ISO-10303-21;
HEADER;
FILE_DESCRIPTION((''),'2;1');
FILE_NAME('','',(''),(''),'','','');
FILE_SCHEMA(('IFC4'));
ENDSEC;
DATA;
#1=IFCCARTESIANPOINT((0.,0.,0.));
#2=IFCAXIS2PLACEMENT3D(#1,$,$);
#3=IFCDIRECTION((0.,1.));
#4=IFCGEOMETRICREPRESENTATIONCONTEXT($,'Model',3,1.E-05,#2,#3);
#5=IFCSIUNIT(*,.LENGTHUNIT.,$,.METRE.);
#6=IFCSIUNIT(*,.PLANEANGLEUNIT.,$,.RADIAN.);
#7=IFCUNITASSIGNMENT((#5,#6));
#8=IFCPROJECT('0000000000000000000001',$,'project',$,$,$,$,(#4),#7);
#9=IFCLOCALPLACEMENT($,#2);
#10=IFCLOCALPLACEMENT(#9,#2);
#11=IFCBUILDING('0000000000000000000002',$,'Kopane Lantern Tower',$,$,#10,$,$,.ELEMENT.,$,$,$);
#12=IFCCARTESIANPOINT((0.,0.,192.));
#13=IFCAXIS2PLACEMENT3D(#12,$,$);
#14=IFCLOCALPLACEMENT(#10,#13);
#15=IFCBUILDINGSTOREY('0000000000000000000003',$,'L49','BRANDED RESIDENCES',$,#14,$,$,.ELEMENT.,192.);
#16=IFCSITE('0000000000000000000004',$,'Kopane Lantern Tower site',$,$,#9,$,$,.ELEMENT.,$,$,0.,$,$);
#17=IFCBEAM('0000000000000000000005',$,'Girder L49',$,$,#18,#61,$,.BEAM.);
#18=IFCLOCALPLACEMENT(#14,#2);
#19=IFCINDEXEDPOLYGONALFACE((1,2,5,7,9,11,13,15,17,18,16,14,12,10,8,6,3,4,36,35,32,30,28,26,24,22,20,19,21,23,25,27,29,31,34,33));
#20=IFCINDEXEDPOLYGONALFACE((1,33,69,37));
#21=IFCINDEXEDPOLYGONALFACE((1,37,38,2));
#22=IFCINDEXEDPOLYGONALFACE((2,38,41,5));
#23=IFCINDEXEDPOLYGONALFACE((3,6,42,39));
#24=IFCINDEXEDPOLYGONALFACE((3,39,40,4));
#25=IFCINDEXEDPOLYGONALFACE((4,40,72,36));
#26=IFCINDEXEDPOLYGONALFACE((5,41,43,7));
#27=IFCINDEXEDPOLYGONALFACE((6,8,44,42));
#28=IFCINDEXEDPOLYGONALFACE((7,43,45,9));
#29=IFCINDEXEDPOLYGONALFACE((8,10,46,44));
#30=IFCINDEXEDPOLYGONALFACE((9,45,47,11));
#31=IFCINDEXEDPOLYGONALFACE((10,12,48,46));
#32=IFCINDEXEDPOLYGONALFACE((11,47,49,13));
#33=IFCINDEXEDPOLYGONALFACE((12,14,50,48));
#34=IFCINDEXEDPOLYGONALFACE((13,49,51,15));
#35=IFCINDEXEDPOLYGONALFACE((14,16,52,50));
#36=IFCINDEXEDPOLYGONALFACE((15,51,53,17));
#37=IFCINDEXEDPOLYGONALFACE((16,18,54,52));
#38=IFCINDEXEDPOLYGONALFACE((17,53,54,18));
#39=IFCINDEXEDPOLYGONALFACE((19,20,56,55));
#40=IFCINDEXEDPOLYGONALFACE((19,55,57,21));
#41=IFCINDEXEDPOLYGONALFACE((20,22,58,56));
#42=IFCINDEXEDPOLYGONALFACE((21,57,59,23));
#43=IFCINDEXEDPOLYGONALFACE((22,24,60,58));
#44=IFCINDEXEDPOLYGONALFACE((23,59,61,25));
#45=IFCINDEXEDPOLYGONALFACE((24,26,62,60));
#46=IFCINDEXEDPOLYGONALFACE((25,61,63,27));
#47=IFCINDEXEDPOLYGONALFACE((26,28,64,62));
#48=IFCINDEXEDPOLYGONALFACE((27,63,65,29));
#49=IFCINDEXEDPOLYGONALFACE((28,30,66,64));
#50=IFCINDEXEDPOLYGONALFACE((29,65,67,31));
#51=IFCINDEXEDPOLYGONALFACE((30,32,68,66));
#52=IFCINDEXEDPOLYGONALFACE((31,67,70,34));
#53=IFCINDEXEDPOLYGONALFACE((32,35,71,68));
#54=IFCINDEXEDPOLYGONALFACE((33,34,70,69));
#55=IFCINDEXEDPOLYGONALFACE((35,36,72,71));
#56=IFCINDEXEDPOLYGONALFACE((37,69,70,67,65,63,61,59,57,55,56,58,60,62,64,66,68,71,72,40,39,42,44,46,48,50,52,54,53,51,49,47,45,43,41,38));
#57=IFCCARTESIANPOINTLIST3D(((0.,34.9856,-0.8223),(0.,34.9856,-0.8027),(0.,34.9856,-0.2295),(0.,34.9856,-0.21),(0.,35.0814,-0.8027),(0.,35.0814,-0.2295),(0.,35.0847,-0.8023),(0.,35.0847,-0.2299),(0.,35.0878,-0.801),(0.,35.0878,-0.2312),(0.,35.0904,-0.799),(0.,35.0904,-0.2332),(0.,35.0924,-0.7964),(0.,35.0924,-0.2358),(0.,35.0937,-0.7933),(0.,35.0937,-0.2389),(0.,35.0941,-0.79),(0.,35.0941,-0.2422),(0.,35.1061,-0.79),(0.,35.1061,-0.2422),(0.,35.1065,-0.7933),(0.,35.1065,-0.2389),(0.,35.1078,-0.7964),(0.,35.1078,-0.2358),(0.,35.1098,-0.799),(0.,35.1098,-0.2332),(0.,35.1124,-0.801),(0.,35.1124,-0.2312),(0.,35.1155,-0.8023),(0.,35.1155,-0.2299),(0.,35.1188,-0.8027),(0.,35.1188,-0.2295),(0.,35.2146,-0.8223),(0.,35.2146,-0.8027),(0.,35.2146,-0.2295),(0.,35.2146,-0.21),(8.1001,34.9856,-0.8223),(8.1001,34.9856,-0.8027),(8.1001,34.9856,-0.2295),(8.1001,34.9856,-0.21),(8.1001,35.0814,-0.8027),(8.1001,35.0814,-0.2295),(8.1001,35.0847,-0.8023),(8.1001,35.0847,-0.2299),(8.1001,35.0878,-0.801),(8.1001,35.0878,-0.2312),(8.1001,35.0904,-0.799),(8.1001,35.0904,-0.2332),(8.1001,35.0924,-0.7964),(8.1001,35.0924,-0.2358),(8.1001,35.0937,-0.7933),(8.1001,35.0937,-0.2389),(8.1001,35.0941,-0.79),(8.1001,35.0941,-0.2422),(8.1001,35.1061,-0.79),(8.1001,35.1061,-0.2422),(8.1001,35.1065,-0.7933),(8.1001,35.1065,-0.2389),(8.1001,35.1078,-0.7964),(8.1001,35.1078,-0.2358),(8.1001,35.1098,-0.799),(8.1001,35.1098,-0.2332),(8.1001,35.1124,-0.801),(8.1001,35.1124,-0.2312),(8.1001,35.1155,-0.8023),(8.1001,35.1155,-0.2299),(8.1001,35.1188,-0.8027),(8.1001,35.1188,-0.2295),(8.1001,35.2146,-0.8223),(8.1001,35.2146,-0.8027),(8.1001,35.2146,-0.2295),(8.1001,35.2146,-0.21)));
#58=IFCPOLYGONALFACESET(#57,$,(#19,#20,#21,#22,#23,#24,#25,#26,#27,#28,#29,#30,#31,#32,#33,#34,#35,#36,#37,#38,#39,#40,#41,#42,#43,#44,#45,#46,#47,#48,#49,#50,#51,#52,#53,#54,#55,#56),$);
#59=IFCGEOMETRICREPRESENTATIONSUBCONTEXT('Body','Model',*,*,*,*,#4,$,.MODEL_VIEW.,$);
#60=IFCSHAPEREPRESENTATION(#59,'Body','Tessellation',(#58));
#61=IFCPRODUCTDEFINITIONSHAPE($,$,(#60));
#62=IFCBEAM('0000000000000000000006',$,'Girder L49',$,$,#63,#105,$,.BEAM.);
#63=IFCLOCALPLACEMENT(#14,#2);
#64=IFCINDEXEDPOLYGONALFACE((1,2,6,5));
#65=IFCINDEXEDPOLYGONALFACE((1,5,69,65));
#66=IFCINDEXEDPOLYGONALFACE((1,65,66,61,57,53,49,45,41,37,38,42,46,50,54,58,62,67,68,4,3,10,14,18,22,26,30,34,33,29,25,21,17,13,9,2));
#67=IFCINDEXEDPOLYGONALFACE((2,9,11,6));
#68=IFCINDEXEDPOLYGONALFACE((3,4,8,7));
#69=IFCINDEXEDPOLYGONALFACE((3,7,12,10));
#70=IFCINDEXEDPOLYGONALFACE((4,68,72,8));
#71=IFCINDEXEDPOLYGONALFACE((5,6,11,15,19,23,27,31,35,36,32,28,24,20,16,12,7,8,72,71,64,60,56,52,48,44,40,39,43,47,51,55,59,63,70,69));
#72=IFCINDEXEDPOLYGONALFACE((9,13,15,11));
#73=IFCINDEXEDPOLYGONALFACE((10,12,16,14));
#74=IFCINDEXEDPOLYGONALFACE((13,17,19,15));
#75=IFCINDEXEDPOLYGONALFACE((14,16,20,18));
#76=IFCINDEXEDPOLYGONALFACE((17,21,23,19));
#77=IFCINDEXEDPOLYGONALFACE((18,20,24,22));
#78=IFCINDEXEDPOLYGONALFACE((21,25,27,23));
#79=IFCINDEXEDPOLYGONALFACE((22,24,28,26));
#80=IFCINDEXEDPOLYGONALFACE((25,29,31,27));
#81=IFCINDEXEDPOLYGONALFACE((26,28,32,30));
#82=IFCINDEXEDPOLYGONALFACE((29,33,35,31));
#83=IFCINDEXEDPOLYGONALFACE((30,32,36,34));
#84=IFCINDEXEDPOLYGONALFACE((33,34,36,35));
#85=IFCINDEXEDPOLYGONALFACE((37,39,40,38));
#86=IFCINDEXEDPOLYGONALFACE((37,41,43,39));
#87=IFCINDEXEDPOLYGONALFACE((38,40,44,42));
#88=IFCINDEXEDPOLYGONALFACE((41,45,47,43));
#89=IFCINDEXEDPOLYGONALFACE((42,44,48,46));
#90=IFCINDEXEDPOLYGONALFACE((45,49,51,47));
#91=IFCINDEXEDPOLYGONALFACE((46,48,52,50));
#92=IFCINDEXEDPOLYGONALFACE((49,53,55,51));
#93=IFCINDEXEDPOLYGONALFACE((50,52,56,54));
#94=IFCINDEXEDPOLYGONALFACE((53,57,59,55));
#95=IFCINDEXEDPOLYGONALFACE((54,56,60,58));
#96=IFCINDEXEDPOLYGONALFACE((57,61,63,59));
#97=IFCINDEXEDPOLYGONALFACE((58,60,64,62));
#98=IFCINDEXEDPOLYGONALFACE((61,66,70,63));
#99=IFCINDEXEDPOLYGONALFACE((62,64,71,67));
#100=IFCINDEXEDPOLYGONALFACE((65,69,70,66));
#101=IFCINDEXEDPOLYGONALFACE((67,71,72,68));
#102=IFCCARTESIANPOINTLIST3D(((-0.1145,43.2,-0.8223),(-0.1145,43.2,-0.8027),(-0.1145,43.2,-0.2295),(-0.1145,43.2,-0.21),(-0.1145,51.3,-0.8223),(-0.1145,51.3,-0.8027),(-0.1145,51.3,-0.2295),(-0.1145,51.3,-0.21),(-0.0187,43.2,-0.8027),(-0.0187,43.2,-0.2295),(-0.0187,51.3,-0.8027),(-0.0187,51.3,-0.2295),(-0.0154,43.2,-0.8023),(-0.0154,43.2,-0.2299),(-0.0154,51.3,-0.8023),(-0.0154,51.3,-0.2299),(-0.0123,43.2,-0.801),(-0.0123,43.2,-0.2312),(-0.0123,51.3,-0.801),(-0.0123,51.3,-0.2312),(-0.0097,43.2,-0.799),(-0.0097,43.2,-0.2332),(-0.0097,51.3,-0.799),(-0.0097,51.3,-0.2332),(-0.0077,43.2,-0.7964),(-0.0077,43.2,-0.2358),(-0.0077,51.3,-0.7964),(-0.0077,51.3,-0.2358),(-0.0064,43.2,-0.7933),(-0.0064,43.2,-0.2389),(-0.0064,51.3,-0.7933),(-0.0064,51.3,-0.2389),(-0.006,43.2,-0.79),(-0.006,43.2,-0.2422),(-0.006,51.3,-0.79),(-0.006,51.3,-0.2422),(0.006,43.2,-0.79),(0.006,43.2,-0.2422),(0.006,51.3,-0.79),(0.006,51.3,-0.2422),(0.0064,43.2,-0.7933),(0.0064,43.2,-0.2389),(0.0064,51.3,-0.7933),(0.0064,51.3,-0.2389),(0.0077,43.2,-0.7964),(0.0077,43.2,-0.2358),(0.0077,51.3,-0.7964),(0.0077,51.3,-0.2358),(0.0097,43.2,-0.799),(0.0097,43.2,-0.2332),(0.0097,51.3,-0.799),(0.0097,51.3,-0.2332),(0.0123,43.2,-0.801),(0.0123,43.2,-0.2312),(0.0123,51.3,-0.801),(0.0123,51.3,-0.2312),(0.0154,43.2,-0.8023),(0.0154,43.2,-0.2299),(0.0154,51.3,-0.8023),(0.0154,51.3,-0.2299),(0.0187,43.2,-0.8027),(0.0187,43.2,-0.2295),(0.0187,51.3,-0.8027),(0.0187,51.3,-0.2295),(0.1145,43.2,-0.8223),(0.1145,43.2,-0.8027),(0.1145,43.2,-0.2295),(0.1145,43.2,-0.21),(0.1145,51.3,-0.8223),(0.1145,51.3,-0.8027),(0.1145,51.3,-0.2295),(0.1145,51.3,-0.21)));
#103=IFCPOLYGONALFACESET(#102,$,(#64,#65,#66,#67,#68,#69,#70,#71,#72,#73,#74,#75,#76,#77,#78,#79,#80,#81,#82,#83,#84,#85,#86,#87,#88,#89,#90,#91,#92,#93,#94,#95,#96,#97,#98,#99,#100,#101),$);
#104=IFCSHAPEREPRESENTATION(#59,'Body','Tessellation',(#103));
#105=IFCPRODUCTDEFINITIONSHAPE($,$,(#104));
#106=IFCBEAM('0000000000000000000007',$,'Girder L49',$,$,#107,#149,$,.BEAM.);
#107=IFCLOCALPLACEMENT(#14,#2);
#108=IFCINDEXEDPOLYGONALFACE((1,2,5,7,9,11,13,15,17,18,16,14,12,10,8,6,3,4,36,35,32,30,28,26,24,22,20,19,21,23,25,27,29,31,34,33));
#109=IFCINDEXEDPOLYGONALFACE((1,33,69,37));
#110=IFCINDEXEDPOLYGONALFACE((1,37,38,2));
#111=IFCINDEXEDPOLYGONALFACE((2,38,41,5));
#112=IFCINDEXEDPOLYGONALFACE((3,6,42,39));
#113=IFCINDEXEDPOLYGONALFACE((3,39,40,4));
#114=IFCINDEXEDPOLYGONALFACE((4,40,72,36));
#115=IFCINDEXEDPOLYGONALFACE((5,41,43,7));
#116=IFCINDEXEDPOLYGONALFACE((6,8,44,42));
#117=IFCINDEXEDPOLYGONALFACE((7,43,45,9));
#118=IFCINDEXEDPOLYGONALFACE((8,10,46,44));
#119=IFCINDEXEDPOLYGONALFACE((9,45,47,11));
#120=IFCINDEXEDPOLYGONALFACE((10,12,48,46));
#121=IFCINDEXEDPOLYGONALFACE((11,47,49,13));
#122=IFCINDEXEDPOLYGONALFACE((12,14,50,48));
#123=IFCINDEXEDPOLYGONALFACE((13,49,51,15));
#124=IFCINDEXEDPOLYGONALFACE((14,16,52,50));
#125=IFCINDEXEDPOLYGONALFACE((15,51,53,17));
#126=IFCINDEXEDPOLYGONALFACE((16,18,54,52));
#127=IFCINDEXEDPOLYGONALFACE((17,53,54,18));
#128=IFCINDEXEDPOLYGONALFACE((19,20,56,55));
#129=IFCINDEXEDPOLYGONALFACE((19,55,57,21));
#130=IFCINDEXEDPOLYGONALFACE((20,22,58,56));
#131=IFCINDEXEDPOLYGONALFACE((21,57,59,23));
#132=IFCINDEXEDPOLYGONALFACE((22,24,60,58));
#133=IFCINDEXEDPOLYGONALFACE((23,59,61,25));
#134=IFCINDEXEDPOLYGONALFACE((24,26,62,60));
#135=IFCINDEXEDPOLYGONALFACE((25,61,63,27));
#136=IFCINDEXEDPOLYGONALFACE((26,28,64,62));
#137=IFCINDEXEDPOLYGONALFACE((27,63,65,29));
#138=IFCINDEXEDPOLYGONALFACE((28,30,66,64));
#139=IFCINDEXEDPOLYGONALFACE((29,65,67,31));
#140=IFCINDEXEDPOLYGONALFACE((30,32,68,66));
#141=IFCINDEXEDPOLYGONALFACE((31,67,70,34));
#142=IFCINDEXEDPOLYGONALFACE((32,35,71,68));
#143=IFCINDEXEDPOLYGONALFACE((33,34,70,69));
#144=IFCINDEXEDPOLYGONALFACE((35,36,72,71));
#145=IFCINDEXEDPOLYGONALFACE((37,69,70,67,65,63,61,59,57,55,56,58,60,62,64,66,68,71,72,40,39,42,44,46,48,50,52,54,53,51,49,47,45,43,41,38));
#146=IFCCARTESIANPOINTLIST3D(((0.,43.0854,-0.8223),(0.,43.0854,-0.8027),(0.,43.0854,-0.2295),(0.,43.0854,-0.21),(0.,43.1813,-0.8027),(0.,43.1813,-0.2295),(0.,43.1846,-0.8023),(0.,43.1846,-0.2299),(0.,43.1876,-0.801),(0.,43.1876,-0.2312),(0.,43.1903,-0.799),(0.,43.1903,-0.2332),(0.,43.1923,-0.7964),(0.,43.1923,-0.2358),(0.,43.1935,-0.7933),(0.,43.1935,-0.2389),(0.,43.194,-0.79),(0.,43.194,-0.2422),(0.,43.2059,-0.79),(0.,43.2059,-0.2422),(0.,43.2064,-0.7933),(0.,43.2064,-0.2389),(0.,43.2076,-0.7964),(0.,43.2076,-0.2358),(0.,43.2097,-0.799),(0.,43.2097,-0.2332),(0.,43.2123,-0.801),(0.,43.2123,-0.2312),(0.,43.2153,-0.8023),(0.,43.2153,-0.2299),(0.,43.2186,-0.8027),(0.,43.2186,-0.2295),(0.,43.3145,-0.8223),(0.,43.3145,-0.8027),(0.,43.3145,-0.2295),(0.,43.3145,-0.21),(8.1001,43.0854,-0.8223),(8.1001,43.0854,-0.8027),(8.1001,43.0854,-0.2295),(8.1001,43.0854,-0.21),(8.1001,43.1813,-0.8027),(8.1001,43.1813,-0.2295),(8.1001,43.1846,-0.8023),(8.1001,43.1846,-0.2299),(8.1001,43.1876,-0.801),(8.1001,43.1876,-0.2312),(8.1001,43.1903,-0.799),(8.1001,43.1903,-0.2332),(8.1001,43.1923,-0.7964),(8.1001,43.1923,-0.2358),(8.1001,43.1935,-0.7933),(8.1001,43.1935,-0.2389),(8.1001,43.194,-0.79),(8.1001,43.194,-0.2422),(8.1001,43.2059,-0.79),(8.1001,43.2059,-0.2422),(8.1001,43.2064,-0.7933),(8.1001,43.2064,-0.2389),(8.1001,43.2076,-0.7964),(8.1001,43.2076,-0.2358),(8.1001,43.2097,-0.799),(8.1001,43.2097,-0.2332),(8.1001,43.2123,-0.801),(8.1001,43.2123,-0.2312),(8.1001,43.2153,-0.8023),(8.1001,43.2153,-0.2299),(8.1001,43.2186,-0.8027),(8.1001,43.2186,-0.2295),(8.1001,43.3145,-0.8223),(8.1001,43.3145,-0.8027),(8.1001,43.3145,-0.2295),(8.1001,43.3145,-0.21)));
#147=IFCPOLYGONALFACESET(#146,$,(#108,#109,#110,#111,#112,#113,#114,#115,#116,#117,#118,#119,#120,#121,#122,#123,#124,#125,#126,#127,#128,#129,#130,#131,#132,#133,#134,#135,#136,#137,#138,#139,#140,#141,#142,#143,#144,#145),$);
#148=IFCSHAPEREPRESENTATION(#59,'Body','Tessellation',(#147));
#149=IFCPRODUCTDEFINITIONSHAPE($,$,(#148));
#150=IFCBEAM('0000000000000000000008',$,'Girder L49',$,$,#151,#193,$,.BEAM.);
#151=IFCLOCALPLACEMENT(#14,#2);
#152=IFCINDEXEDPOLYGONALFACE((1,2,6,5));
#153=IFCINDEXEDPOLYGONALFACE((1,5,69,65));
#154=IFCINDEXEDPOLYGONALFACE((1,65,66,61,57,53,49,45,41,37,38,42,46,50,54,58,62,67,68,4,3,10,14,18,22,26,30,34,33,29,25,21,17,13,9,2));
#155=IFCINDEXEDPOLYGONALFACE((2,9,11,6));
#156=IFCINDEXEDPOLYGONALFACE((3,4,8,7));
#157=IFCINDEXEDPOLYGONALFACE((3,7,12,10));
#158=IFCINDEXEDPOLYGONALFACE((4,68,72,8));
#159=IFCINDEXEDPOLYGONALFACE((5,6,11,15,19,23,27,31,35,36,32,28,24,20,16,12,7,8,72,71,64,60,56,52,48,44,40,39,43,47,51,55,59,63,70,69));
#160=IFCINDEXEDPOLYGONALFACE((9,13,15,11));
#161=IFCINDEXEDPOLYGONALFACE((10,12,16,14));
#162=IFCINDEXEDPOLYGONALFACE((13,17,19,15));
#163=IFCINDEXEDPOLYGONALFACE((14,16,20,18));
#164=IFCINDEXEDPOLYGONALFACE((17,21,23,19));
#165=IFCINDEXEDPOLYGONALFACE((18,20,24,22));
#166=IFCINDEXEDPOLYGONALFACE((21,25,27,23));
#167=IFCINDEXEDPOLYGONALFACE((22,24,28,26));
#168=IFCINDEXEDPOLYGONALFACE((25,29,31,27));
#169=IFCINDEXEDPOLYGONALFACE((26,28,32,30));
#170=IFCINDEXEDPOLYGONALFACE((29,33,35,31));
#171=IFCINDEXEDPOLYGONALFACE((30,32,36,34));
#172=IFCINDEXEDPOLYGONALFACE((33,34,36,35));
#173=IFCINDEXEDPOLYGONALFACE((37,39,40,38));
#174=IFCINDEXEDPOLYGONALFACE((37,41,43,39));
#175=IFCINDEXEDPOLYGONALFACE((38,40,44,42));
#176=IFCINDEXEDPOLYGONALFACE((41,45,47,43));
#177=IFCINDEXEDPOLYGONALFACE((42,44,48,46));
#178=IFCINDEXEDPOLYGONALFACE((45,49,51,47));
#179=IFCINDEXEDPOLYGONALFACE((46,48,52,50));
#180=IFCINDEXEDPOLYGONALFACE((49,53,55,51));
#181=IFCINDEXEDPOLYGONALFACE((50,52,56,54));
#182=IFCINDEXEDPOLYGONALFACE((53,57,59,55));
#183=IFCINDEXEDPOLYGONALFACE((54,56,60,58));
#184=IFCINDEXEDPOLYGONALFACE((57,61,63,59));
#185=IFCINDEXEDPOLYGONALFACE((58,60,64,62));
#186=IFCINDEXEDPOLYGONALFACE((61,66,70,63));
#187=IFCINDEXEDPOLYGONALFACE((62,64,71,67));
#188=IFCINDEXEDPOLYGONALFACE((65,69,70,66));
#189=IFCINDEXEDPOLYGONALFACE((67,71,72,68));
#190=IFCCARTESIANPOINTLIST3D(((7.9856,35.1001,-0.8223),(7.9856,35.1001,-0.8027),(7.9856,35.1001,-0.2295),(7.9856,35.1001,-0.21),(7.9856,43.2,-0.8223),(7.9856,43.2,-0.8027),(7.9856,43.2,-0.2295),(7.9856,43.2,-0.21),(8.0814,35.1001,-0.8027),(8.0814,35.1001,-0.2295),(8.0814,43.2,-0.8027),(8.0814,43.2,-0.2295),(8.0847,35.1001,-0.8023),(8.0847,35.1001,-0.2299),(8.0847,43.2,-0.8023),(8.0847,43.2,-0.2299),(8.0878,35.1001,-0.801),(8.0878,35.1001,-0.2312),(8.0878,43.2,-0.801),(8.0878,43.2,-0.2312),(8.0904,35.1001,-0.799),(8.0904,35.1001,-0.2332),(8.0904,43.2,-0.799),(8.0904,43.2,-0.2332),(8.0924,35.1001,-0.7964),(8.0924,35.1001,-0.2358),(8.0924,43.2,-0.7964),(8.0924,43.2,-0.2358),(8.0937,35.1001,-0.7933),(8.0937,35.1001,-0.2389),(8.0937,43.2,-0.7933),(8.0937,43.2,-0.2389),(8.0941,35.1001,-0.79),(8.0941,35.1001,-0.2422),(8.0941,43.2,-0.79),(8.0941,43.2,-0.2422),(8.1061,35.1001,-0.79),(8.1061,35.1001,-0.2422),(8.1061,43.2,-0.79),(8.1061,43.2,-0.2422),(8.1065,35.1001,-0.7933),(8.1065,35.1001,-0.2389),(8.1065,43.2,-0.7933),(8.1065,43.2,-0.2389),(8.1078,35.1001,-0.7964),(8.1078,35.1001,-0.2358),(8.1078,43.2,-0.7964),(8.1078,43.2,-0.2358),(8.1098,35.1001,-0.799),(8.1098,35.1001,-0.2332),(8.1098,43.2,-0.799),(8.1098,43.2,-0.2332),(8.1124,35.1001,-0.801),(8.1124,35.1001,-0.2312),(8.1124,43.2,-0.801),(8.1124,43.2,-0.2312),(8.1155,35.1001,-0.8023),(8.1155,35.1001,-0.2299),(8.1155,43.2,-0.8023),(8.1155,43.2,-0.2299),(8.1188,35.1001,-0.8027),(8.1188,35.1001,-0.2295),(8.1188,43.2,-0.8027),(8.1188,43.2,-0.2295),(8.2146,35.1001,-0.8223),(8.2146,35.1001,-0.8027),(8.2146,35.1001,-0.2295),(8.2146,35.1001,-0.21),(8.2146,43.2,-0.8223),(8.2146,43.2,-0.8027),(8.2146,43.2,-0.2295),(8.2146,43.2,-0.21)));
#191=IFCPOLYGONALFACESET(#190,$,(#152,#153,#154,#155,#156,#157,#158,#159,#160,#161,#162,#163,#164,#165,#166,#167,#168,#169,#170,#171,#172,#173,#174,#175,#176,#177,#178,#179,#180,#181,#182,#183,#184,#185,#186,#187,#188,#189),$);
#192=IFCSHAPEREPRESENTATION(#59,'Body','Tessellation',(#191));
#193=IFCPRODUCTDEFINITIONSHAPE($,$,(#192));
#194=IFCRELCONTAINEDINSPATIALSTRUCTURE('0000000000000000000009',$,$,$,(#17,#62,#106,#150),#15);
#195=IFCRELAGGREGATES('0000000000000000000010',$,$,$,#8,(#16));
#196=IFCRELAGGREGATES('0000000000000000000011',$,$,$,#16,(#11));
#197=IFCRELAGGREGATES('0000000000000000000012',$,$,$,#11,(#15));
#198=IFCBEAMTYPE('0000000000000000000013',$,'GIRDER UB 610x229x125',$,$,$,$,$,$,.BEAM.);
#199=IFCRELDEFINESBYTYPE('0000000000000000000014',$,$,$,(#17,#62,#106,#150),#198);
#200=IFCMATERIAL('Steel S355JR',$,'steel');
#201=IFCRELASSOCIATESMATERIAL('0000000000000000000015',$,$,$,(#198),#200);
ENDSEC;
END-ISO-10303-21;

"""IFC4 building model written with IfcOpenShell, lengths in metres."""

from ifc_helpers import new_model, si_unit, direction, frame, origin, origin_2d, place, context, subcontext, project, spatial, i_section, extrude, material, material_profile, profile_set, type_object, element, save


model = new_model("IFC4")

# Units and contexts
model_context = context("Model", 3, precision=1e-05, world=origin(), true_north=direction((0.0, 1.0)))
body_context = subcontext(model_context, "Body", "Model", "MODEL_VIEW")
ifc_project = project(units=[si_unit("LENGTHUNIT", "METRE"), si_unit("PLANEANGLEUNIT", "RADIAN")], contexts=[model_context])

# Site, building, storey
site_placement = place(None, origin())
site = spatial("IfcSite", under=ifc_project, at=site_placement, Name="Kopane Lantern Tower site", CompositionType="ELEMENT", RefElevation=0.0)
building_placement = place(site_placement, origin())
building = spatial("IfcBuilding", under=site, at=building_placement, Name="Kopane Lantern Tower", CompositionType="ELEMENT")
storey_placement = place(building_placement, frame((0.0, 0.0, 192.0)))
storey = spatial("IfcBuildingStorey", under=building, at=storey_placement, Name="L49", Description="BRANDED RESIDENCES", CompositionType="ELEMENT", Elevation=192.0)

# Beams
ifc_material_1 = material(Name="Steel S355JR", Category="steel")
ifc_material_profile_1 = material_profile(ifc_material_1, i_section(OverallWidth=0.229, OverallDepth=0.6123, WebThickness=0.012, FlangeThickness=0.0195, FilletRadius=0.0127, at=origin_2d()), Name="UB 610x229x125")
ifc_profile_set_1 = profile_set([ifc_material_profile_1], Name="Steel S355JR")
beam_type = type_object("IfcBeamType", Name="GIRDER UB 610x229x125", PredefinedType="BEAM", material=ifc_profile_set_1)
for number, where, z_axis, x_axis, name in (
    (1, (0.0, 35.1001, -0.5161), (1.0, 0.0, 0.0), (0.0, 1.0, 0.0), "Girder L49"),
    (2, (0.0, 43.2, -0.5161), (0.0, 1.0, 0.0), (-1.0, 0.0, 0.0), "Girder L49"),
    (3, (0.0, 43.2, -0.5161), (1.0, 0.0, 0.0), (0.0, 1.0, 0.0), "Girder L49"),
):
    element("IfcBeam", number, at=place(storey_placement, frame(where, z_axis=z_axis, x_axis=x_axis)), inside=storey, type_object=beam_type, Name=name, PredefinedType="BEAM", context=body_context, shape_type="SweptSolid", body=[
        extrude(i_section(OverallWidth=0.229, OverallDepth=0.6123, WebThickness=0.012, FlangeThickness=0.0195, FilletRadius=0.0127, at=origin_2d()), origin(), (0.0, 0.0, 1.0), 8.1001),
    ])
for number, where, z_axis, x_axis, name in (
    (4, (8.1001, 35.1001, -0.5161), (0.0, 1.0, 0.0), (-1.0, 0.0, 0.0), "Girder L49"),
):
    element("IfcBeam", number, at=place(storey_placement, frame(where, z_axis=z_axis, x_axis=x_axis)), inside=storey, type_object=beam_type, Name=name, PredefinedType="BEAM", context=body_context, shape_type="SweptSolid", body=[
        extrude(i_section(OverallWidth=0.229, OverallDepth=0.6123, WebThickness=0.012, FlangeThickness=0.0195, FilletRadius=0.0127, at=origin_2d()), origin(), (0.0, 0.0, 1.0), 8.0999),
    ])

save(model, "model.ifc")
